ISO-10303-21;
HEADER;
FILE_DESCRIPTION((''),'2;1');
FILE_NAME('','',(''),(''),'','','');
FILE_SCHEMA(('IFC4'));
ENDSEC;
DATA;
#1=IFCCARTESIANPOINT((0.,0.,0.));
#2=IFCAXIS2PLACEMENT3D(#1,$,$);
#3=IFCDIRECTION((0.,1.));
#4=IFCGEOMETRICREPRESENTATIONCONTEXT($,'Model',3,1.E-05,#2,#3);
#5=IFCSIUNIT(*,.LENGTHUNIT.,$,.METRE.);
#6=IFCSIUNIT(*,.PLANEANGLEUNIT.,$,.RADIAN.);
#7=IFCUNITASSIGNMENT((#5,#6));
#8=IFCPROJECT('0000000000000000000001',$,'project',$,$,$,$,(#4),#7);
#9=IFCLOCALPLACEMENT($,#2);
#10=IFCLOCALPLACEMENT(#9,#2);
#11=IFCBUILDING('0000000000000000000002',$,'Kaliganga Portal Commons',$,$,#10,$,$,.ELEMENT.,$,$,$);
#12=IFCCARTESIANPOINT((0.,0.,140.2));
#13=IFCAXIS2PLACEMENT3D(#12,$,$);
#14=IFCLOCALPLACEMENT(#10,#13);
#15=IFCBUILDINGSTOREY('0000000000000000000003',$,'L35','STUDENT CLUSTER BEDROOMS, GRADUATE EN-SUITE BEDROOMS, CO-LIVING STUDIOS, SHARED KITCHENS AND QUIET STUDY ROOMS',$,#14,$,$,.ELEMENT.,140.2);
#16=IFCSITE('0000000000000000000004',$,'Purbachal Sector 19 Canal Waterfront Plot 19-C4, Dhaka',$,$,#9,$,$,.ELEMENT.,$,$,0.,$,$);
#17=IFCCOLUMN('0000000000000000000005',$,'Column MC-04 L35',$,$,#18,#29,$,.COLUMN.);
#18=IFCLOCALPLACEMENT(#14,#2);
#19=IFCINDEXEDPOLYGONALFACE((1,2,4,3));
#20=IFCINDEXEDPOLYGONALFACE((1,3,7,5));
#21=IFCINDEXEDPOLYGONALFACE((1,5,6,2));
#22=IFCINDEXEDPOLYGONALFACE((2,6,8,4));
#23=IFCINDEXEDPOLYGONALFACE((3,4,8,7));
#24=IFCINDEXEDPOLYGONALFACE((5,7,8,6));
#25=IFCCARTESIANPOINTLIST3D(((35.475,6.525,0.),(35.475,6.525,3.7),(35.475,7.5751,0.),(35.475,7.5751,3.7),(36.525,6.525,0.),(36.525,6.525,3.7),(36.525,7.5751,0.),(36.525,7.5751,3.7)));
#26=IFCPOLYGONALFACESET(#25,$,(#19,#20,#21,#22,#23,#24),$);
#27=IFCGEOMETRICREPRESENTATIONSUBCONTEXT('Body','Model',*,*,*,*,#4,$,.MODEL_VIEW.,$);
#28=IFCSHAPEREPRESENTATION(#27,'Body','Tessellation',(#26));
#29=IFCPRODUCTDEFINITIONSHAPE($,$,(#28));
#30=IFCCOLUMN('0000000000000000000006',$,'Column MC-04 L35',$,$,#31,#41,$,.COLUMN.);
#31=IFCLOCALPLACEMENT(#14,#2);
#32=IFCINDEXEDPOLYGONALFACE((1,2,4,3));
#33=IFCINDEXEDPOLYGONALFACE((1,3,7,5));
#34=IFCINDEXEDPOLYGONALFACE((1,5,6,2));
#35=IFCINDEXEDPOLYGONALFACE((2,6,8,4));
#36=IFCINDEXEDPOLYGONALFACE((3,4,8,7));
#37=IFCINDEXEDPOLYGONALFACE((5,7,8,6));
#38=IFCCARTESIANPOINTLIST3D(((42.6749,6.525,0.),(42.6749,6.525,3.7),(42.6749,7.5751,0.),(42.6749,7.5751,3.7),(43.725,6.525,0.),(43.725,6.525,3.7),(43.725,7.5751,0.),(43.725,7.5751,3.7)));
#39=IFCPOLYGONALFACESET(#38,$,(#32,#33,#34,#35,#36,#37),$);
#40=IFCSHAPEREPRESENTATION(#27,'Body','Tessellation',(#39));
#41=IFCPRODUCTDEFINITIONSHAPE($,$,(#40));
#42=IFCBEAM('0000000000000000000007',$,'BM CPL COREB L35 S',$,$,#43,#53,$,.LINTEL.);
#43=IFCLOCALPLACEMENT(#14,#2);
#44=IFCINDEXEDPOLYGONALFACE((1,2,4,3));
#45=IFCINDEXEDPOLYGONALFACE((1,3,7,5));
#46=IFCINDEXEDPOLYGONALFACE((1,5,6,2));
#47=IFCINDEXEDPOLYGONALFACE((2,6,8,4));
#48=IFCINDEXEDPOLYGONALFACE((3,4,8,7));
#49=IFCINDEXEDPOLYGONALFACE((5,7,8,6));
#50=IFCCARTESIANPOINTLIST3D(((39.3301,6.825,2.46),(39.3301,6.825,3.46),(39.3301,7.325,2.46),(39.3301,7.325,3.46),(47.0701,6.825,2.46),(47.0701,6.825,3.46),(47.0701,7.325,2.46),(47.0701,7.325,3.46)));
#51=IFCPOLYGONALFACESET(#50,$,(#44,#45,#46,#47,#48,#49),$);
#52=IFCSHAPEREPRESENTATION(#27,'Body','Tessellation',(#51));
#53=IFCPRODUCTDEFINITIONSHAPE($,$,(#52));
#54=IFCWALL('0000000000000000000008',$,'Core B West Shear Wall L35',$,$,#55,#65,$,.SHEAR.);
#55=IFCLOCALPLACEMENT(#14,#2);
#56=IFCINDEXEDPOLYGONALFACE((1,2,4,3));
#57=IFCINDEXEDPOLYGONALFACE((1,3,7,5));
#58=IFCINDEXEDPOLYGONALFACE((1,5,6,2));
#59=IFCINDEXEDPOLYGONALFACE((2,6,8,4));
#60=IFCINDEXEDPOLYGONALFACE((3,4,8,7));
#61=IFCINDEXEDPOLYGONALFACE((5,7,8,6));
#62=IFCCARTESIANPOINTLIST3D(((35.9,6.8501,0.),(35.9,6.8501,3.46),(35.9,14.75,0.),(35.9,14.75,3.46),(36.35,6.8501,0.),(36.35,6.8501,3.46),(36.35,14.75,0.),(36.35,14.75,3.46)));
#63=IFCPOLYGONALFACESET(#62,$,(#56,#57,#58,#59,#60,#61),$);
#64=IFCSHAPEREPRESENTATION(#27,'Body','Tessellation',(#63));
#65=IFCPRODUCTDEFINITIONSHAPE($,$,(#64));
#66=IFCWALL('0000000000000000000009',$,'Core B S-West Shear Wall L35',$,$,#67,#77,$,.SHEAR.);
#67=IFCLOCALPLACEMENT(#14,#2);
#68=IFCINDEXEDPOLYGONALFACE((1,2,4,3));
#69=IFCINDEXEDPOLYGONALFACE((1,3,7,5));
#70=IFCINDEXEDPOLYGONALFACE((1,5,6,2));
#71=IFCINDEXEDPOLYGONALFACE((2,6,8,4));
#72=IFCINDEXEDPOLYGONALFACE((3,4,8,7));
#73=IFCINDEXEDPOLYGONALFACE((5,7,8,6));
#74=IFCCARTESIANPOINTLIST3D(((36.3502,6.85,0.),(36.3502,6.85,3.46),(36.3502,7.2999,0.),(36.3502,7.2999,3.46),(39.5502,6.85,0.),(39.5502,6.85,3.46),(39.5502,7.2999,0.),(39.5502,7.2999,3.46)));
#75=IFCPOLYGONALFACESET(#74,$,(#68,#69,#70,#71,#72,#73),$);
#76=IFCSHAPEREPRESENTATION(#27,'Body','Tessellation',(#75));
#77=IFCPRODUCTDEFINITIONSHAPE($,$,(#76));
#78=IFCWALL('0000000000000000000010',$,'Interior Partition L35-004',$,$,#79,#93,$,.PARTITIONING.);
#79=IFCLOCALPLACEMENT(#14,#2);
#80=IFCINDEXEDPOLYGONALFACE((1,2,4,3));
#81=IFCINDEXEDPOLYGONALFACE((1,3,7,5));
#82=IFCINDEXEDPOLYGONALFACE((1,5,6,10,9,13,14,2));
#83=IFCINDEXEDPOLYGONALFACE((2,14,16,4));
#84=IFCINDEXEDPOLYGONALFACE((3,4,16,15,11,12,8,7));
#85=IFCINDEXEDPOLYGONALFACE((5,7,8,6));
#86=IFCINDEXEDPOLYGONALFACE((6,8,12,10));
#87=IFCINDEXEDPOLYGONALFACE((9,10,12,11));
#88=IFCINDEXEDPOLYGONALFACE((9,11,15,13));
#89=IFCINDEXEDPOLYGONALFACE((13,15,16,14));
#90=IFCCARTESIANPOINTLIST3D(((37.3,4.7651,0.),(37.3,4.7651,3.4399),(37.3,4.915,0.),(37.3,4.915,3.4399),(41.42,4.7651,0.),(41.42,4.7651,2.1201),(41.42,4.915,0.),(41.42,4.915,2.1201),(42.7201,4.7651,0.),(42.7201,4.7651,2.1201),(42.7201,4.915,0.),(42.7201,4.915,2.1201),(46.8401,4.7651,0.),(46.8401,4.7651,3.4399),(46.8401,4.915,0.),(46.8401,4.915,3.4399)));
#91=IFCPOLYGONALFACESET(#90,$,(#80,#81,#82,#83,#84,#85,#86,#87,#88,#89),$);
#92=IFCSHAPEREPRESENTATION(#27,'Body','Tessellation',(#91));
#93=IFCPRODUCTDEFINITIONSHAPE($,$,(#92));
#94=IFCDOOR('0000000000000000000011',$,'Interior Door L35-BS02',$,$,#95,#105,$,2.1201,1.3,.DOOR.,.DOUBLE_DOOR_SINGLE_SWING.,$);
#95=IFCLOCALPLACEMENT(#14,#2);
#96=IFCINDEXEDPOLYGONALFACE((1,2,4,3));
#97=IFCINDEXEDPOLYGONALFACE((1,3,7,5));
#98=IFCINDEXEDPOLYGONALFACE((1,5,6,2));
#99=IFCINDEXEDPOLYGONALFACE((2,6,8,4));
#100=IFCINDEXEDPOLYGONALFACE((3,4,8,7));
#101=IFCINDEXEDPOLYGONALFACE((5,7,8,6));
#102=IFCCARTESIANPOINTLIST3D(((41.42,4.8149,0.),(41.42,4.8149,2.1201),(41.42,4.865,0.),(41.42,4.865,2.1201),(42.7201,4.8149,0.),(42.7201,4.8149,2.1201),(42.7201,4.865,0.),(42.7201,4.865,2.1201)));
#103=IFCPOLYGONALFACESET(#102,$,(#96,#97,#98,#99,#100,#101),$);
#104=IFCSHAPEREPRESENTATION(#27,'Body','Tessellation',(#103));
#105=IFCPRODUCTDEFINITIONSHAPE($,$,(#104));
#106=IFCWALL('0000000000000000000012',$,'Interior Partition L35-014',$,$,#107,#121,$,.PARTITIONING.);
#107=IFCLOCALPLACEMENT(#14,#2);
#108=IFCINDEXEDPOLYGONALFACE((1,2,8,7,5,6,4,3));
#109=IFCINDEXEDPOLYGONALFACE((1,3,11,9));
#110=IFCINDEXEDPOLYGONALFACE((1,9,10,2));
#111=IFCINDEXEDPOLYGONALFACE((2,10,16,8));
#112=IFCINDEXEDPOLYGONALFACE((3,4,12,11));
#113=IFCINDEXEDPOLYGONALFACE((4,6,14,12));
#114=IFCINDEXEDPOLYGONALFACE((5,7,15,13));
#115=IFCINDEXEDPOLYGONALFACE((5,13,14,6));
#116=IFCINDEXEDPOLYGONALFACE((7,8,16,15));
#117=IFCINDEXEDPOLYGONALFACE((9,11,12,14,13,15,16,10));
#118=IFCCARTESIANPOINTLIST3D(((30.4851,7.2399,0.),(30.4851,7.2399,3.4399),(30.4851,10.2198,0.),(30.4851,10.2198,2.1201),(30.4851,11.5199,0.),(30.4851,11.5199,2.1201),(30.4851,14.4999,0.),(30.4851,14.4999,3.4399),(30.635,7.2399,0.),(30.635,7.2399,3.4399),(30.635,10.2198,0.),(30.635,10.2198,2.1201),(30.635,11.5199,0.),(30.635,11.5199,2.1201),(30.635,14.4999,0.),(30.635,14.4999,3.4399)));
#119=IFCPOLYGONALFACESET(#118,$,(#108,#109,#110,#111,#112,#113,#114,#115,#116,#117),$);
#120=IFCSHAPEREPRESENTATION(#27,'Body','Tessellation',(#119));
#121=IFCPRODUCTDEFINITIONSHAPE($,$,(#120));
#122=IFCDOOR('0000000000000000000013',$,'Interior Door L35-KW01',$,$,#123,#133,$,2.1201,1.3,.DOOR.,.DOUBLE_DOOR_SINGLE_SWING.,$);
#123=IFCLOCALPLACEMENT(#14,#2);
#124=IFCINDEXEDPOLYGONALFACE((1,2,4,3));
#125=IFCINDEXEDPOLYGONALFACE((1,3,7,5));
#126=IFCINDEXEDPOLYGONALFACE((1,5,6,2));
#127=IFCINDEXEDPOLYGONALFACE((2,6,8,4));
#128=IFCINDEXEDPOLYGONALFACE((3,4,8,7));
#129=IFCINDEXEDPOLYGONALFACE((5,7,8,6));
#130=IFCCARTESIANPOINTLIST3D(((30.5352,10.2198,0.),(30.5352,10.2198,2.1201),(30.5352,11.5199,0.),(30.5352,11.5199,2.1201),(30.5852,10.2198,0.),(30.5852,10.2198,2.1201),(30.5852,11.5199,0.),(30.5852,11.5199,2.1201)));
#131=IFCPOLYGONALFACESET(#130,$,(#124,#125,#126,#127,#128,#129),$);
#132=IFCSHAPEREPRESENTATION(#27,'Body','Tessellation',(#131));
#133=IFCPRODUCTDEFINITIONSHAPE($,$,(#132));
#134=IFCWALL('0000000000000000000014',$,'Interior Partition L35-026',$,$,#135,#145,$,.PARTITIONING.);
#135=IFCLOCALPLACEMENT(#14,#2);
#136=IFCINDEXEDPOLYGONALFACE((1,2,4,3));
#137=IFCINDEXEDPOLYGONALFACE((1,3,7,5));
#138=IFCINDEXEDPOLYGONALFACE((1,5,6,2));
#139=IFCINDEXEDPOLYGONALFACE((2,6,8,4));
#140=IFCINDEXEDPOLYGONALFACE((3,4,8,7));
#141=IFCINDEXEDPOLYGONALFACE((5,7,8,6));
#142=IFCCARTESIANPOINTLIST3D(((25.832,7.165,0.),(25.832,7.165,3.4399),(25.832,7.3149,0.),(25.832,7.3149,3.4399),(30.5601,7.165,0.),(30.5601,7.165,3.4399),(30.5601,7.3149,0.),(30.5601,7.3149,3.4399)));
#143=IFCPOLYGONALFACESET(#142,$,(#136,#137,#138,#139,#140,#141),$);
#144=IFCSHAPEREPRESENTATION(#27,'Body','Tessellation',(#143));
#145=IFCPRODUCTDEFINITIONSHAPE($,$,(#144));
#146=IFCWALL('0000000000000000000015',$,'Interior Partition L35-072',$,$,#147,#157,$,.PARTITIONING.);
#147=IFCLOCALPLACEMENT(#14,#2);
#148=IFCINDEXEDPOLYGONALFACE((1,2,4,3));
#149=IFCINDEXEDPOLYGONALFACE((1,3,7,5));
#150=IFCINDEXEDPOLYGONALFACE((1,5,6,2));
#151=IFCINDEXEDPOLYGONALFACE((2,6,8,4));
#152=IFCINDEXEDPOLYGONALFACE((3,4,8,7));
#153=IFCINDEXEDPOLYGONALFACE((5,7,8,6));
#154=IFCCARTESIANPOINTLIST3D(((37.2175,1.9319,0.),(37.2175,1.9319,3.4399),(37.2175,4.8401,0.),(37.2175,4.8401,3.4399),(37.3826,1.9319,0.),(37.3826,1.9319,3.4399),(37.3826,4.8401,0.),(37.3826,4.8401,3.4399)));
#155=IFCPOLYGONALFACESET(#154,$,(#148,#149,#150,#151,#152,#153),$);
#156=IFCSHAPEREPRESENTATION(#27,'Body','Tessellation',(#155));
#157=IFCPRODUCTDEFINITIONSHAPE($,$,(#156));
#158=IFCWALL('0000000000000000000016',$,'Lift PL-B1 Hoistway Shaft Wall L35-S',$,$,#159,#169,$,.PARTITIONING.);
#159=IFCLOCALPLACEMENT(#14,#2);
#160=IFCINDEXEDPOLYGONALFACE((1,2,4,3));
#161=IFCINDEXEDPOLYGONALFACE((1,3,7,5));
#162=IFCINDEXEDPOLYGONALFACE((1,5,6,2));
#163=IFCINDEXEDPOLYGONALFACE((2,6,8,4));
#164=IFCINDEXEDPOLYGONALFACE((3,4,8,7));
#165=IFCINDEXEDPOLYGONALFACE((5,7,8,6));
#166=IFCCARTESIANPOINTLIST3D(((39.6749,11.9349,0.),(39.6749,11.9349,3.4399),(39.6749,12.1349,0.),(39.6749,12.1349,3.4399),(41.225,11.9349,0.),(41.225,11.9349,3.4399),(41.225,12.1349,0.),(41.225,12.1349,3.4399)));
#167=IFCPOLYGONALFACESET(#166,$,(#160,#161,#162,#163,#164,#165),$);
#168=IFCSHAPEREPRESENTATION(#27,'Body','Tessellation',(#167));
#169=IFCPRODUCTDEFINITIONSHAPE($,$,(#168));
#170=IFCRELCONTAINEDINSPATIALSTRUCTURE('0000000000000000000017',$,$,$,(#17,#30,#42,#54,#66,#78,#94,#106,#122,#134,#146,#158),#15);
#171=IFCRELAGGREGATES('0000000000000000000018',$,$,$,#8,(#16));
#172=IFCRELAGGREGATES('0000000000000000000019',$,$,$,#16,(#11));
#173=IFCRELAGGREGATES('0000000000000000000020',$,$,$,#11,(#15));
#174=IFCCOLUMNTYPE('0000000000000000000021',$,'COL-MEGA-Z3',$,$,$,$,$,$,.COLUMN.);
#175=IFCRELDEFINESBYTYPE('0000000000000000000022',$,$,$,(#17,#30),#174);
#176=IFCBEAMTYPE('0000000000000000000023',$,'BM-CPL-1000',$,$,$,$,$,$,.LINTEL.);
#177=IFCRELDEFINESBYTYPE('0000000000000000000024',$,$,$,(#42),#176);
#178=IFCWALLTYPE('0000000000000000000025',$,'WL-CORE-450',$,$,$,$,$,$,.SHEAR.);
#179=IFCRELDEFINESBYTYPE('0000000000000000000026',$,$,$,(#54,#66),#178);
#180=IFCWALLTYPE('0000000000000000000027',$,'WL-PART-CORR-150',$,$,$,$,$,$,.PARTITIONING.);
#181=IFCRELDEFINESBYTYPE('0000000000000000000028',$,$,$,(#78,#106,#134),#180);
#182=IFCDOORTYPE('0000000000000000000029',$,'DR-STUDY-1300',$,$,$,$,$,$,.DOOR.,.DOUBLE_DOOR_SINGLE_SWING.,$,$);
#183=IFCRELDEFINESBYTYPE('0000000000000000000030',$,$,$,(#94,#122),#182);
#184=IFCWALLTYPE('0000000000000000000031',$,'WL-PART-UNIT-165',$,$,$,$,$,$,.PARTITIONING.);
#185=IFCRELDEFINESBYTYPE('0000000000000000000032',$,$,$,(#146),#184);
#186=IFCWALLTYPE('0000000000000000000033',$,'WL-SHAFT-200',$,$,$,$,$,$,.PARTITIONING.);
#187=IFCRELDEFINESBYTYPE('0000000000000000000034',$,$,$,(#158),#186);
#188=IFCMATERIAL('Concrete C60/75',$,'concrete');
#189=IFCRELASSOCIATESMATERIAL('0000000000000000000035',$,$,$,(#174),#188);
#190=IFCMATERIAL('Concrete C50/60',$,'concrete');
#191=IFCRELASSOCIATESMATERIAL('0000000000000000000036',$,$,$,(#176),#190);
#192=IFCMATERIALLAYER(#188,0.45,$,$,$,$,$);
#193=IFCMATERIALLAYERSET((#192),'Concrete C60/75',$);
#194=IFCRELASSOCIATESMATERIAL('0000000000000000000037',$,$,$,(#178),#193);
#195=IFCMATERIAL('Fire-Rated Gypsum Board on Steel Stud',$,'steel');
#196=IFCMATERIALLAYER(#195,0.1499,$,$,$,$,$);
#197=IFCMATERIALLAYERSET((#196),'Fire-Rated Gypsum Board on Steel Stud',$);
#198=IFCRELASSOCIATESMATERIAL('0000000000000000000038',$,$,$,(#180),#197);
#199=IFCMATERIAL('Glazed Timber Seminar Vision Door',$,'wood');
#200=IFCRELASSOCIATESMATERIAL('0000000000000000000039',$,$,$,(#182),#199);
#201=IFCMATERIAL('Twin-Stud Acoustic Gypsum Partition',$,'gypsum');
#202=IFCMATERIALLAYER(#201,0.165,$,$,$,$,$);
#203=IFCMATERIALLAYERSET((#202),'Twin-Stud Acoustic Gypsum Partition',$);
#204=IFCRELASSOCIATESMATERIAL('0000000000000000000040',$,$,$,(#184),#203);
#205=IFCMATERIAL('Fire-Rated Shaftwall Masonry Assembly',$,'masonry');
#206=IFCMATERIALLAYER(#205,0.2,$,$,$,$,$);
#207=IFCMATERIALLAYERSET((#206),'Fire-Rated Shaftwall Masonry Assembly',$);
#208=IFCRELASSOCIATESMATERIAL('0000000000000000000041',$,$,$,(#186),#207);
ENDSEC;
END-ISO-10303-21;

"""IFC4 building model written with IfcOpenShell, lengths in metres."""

from ifc_helpers import new_model, si_unit, direction, frame, frame_2d, origin, origin_2d, place, context, subcontext, project, spatial, rectangle, extrude, source, transform, mapped, material, layer, layer_set, material_profile, profile_set, type_object, element, fill, save


model = new_model("IFC4")

# Units and contexts
model_context = context("Model", 3, precision=1e-05, world=origin(), true_north=direction((0.0, 1.0)))
body_context = subcontext(model_context, "Body", "Model", "MODEL_VIEW")
ifc_project = project(units=[si_unit("LENGTHUNIT", "METRE"), si_unit("PLANEANGLEUNIT", "RADIAN")], contexts=[model_context])

# Site, building, storey
site_placement = place(None, origin())
site = spatial("IfcSite", under=ifc_project, at=site_placement, Name="Purbachal Sector 19 Canal Waterfront Plot 19-C4, Dhaka", CompositionType="ELEMENT", RefElevation=0.0)
building_placement = place(site_placement, origin())
building = spatial("IfcBuilding", under=site, at=building_placement, Name="Kaliganga Portal Commons", CompositionType="ELEMENT")
storey_placement = place(building_placement, frame((0.0, 0.0, 140.2)))
storey = spatial("IfcBuildingStorey", under=building, at=storey_placement, Name="L35", Description="STUDENT CLUSTER BEDROOMS, GRADUATE EN-SUITE BEDROOMS, CO-LIVING STUDIOS, SHARED KITCHENS AND QUIET STUDY ROOMS", CompositionType="ELEMENT", Elevation=140.2)

# Columns
ifc_material_1 = material(Name="Concrete C60/75", Category="concrete")
ifc_material_profile_1 = material_profile(ifc_material_1, rectangle(XDim=1.05, YDim=1.05, at=origin_2d()), Name="RC 1050x1050")
ifc_profile_set_1 = profile_set([ifc_material_profile_1], Name="Concrete C60/75")
column_type = type_object("IfcColumnType", Name="COL-MEGA-Z3", PredefinedType="COLUMN", material=ifc_profile_set_1)
shared_shape_1 = source(origin(), body_context, "Body", "SweptSolid", [
    extrude(rectangle(XDim=1.05, YDim=1.05, at=origin_2d()), origin(), (0.0, 0.0, 1.0), 3.7),
])
for number, where, z_axis, x_axis, name in (
    (1, (36.0, 7.05, 0.0), (0.0, 0.0, 1.0), (1.0, 0.0, 0.0), "Column MC-04 L35"),
    (2, (43.2, 7.05, 0.0), (0.0, 0.0, 1.0), (1.0, 0.0, 0.0), "Column MC-04 L35"),
):
    element("IfcColumn", number, at=place(storey_placement, frame(where, z_axis=z_axis, x_axis=x_axis)), inside=storey, type_object=column_type, Name=name, PredefinedType="COLUMN", context=body_context, shape_type="MappedRepresentation", body=[
        mapped(shared_shape_1, transform((0.0, 0.0, 0.0), x_axis=(1.0, 0.0, 0.0), y_axis=(0.0, 1.0, 0.0), z_axis=(0.0, 0.0, 1.0), scale=1.0)),
    ])

# Beam
ifc_material_2 = material(Name="Concrete C50/60", Category="concrete")
ifc_material_profile_2 = material_profile(ifc_material_2, rectangle(XDim=0.5, YDim=1.0, at=origin_2d()), Name="RC 500x1000")
ifc_profile_set_2 = profile_set([ifc_material_profile_2], Name="Concrete C50/60")
beam_type = type_object("IfcBeamType", Name="BM-CPL-1000", PredefinedType="LINTEL", material=ifc_profile_set_2)
shared_shape_2 = source(origin(), body_context, "Body", "SweptSolid", [
    extrude(rectangle(XDim=0.5, YDim=1.0, at=origin_2d()), origin(), (0.0, 0.0, 1.0), 7.74),
])
beam_placement = place(storey_placement, frame((39.3301, 7.075, 2.96), z_axis=(1.0, 0.0, 0.0), x_axis=(0.0, 1.0, 0.0)))
element("IfcBeam", 3, at=beam_placement, inside=storey, type_object=beam_type, Name="BM CPL COREB L35 S", PredefinedType="LINTEL", context=body_context, shape_type="MappedRepresentation", body=[
    mapped(shared_shape_2, transform((0.0, 0.0, 0.0), x_axis=(1.0, 0.0, 0.0), y_axis=(0.0, 1.0, 0.0), z_axis=(0.0, 0.0, 1.0), scale=1.0)),
])

# Walls
ifc_layer_1 = layer(ifc_material_1, 0.45)
ifc_layer_set_1 = layer_set([ifc_layer_1], Name="Concrete C60/75")
wall_type_1 = type_object("IfcWallType", Name="WL-CORE-450", PredefinedType="SHEAR", material=ifc_layer_set_1)
wall_1_placement = place(storey_placement, frame((36.125, 6.8501, 0.0), z_axis=(0.0, 0.0, 1.0), x_axis=(0.0, 1.0, 0.0)))
element("IfcWall", 4, at=wall_1_placement, inside=storey, type_object=wall_type_1, Name="Core B West Shear Wall L35", PredefinedType="SHEAR", context=body_context, shape_type="SweptSolid", body=[
    extrude(rectangle(XDim=7.8999, YDim=0.45, at=frame_2d((3.95, 0.0))), origin(), (0.0, 0.0, 1.0), 3.46),
])
wall_2_placement = place(storey_placement, frame((36.3501, 7.075, 0.0), z_axis=(0.0, 0.0, 1.0), x_axis=(1.0, 0.0, 0.0)))
element("IfcWall", 5, at=wall_2_placement, inside=storey, type_object=wall_type_1, Name="Core B S-West Shear Wall L35", PredefinedType="SHEAR", context=body_context, shape_type="SweptSolid", body=[
    extrude(rectangle(XDim=3.2, YDim=0.45, at=frame_2d((1.6001, 0.0))), origin(), (0.0, 0.0, 1.0), 3.46),
])

# Walls, openings, doors
ifc_material_3 = material(Name="Fire-Rated Gypsum Board on Steel Stud", Category="steel")
ifc_layer_2 = layer(ifc_material_3, 0.1499)
ifc_layer_set_2 = layer_set([ifc_layer_2], Name="Fire-Rated Gypsum Board on Steel Stud")
wall_type_2 = type_object("IfcWallType", Name="WL-PART-CORR-150", PredefinedType="PARTITIONING", material=ifc_layer_set_2)
wall_3_placement = place(storey_placement, frame((37.3, 4.8401, 0.0), z_axis=(0.0, 0.0, 1.0), x_axis=(1.0, 0.0, 0.0)))
wall_3 = element("IfcWall", 6, at=wall_3_placement, inside=storey, type_object=wall_type_2, Name="Interior Partition L35-004", PredefinedType="PARTITIONING", context=body_context, shape_type="SweptSolid", body=[
    extrude(rectangle(XDim=9.54, YDim=0.1499, at=frame_2d((4.77, 0.0))), origin(), (0.0, 0.0, 1.0), 3.4399),
])
opening_1_placement = place(wall_3_placement, frame((4.1201, 0.0, 0.0)))
opening_1 = element("IfcOpeningElement", 7, at=opening_1_placement, cuts=wall_3, PredefinedType="OPENING", context=body_context, shape_type="SweptSolid", body=[
    extrude(rectangle(XDim=1.3, YDim=2.1201, at=frame_2d((0.6499, 1.0601))), frame((0.0, 0.085, 0.0), z_axis=(0.0, -1.0, 0.0), x_axis=(1.0, 0.0, 0.0)), (0.0, 0.0, 1.0), 0.1699),
])
ifc_material_4 = material(Name="Glazed Timber Seminar Vision Door", Category="wood")
door_type_1 = type_object("IfcDoorType", Name="DR-STUDY-1300", OperationType="DOUBLE_DOOR_SINGLE_SWING", PredefinedType="DOOR", material=ifc_material_4)
door_1_placement = place(opening_1_placement, origin())
door_1 = element("IfcDoor", 8, at=door_1_placement, inside=storey, type_object=door_type_1, Name="Interior Door L35-BS02", OperationType="DOUBLE_DOOR_SINGLE_SWING", OverallHeight=2.1201, OverallWidth=1.3, PredefinedType="DOOR", context=body_context, shape_type="SweptSolid", body=[
    extrude(rectangle(XDim=1.3, YDim=2.1201, at=frame_2d((0.6499, 1.0601))), frame((0.0, 0.0249, 0.0), z_axis=(0.0, -1.0, 0.0), x_axis=(1.0, 0.0, 0.0)), (0.0, 0.0, 1.0), 0.05),
])
fill(opening_1, door_1)
wall_4_placement = place(storey_placement, frame((30.5601, 7.24, 0.0), z_axis=(0.0, 0.0, 1.0), x_axis=(0.0, 1.0, 0.0)))
wall_4 = element("IfcWall", 9, at=wall_4_placement, inside=storey, type_object=wall_type_2, Name="Interior Partition L35-014", PredefinedType="PARTITIONING", context=body_context, shape_type="SweptSolid", body=[
    extrude(rectangle(XDim=7.26, YDim=0.1499, at=frame_2d((3.6299, 0.0))), origin(), (0.0, 0.0, 1.0), 3.4399),
])
opening_2_placement = place(wall_4_placement, frame((2.98, 0.0, 0.0)))
opening_2 = element("IfcOpeningElement", 10, at=opening_2_placement, cuts=wall_4, PredefinedType="OPENING", context=body_context, shape_type="SweptSolid", body=[
    extrude(rectangle(XDim=1.3, YDim=2.1201, at=frame_2d((0.6499, 1.0601))), frame((0.0, 0.085, 0.0), z_axis=(0.0, -1.0, 0.0), x_axis=(1.0, 0.0, 0.0)), (0.0, 0.0, 1.0), 0.1699),
])
door_2_placement = place(opening_2_placement, origin())
door_2 = element("IfcDoor", 11, at=door_2_placement, inside=storey, type_object=door_type_1, Name="Interior Door L35-KW01", OperationType="DOUBLE_DOOR_SINGLE_SWING", OverallHeight=2.1201, OverallWidth=1.3, PredefinedType="DOOR", context=body_context, shape_type="SweptSolid", body=[
    extrude(rectangle(XDim=1.3, YDim=2.1201, at=frame_2d((0.6499, 1.0601))), frame((0.0, 0.0249, 0.0), z_axis=(0.0, -1.0, 0.0), x_axis=(1.0, 0.0, 0.0)), (0.0, 0.0, 1.0), 0.05),
])
fill(opening_2, door_2)

# Walls
wall_5_placement = place(storey_placement, frame((25.832, 7.24, 0.0), z_axis=(0.0, 0.0, 1.0), x_axis=(1.0, 0.0, 0.0)))
element("IfcWall", 12, at=wall_5_placement, inside=storey, type_object=wall_type_2, Name="Interior Partition L35-026", PredefinedType="PARTITIONING", context=body_context, shape_type="SweptSolid", body=[
    extrude(rectangle(XDim=4.728, YDim=0.1499, at=frame_2d((2.364, 0.0))), origin(), (0.0, 0.0, 1.0), 3.4399),
])
ifc_material_5 = material(Name="Twin-Stud Acoustic Gypsum Partition", Category="gypsum")
ifc_layer_3 = layer(ifc_material_5, 0.165)
ifc_layer_set_3 = layer_set([ifc_layer_3], Name="Twin-Stud Acoustic Gypsum Partition")
wall_type_3 = type_object("IfcWallType", Name="WL-PART-UNIT-165", PredefinedType="PARTITIONING", material=ifc_layer_set_3)
wall_6_placement = place(storey_placement, frame((37.3, 1.9319, 0.0), z_axis=(0.0, 0.0, 1.0), x_axis=(0.0, 1.0, 0.0)))
element("IfcWall", 13, at=wall_6_placement, inside=storey, type_object=wall_type_3, Name="Interior Partition L35-072", PredefinedType="PARTITIONING", context=body_context, shape_type="SweptSolid", body=[
    extrude(rectangle(XDim=2.9082, YDim=0.165, at=frame_2d((1.4541, 0.0))), origin(), (0.0, 0.0, 1.0), 3.4399),
])
ifc_material_6 = material(Name="Fire-Rated Shaftwall Masonry Assembly", Category="masonry")
ifc_layer_4 = layer(ifc_material_6, 0.2)
ifc_layer_set_4 = layer_set([ifc_layer_4], Name="Fire-Rated Shaftwall Masonry Assembly")
wall_type_4 = type_object("IfcWallType", Name="WL-SHAFT-200", PredefinedType="PARTITIONING", material=ifc_layer_set_4)
wall_7_placement = place(storey_placement, frame((39.675, 12.0349, 0.0), z_axis=(0.0, 0.0, 1.0), x_axis=(1.0, 0.0, 0.0)))
element("IfcWall", 14, at=wall_7_placement, inside=storey, type_object=wall_type_4, Name="Lift PL-B1 Hoistway Shaft Wall L35-S", PredefinedType="PARTITIONING", context=body_context, shape_type="SweptSolid", body=[
    extrude(rectangle(XDim=1.55, YDim=0.2, at=frame_2d((0.7749, 0.0))), origin(), (0.0, 0.0, 1.0), 3.4399),
])

save(model, "model.ifc")
